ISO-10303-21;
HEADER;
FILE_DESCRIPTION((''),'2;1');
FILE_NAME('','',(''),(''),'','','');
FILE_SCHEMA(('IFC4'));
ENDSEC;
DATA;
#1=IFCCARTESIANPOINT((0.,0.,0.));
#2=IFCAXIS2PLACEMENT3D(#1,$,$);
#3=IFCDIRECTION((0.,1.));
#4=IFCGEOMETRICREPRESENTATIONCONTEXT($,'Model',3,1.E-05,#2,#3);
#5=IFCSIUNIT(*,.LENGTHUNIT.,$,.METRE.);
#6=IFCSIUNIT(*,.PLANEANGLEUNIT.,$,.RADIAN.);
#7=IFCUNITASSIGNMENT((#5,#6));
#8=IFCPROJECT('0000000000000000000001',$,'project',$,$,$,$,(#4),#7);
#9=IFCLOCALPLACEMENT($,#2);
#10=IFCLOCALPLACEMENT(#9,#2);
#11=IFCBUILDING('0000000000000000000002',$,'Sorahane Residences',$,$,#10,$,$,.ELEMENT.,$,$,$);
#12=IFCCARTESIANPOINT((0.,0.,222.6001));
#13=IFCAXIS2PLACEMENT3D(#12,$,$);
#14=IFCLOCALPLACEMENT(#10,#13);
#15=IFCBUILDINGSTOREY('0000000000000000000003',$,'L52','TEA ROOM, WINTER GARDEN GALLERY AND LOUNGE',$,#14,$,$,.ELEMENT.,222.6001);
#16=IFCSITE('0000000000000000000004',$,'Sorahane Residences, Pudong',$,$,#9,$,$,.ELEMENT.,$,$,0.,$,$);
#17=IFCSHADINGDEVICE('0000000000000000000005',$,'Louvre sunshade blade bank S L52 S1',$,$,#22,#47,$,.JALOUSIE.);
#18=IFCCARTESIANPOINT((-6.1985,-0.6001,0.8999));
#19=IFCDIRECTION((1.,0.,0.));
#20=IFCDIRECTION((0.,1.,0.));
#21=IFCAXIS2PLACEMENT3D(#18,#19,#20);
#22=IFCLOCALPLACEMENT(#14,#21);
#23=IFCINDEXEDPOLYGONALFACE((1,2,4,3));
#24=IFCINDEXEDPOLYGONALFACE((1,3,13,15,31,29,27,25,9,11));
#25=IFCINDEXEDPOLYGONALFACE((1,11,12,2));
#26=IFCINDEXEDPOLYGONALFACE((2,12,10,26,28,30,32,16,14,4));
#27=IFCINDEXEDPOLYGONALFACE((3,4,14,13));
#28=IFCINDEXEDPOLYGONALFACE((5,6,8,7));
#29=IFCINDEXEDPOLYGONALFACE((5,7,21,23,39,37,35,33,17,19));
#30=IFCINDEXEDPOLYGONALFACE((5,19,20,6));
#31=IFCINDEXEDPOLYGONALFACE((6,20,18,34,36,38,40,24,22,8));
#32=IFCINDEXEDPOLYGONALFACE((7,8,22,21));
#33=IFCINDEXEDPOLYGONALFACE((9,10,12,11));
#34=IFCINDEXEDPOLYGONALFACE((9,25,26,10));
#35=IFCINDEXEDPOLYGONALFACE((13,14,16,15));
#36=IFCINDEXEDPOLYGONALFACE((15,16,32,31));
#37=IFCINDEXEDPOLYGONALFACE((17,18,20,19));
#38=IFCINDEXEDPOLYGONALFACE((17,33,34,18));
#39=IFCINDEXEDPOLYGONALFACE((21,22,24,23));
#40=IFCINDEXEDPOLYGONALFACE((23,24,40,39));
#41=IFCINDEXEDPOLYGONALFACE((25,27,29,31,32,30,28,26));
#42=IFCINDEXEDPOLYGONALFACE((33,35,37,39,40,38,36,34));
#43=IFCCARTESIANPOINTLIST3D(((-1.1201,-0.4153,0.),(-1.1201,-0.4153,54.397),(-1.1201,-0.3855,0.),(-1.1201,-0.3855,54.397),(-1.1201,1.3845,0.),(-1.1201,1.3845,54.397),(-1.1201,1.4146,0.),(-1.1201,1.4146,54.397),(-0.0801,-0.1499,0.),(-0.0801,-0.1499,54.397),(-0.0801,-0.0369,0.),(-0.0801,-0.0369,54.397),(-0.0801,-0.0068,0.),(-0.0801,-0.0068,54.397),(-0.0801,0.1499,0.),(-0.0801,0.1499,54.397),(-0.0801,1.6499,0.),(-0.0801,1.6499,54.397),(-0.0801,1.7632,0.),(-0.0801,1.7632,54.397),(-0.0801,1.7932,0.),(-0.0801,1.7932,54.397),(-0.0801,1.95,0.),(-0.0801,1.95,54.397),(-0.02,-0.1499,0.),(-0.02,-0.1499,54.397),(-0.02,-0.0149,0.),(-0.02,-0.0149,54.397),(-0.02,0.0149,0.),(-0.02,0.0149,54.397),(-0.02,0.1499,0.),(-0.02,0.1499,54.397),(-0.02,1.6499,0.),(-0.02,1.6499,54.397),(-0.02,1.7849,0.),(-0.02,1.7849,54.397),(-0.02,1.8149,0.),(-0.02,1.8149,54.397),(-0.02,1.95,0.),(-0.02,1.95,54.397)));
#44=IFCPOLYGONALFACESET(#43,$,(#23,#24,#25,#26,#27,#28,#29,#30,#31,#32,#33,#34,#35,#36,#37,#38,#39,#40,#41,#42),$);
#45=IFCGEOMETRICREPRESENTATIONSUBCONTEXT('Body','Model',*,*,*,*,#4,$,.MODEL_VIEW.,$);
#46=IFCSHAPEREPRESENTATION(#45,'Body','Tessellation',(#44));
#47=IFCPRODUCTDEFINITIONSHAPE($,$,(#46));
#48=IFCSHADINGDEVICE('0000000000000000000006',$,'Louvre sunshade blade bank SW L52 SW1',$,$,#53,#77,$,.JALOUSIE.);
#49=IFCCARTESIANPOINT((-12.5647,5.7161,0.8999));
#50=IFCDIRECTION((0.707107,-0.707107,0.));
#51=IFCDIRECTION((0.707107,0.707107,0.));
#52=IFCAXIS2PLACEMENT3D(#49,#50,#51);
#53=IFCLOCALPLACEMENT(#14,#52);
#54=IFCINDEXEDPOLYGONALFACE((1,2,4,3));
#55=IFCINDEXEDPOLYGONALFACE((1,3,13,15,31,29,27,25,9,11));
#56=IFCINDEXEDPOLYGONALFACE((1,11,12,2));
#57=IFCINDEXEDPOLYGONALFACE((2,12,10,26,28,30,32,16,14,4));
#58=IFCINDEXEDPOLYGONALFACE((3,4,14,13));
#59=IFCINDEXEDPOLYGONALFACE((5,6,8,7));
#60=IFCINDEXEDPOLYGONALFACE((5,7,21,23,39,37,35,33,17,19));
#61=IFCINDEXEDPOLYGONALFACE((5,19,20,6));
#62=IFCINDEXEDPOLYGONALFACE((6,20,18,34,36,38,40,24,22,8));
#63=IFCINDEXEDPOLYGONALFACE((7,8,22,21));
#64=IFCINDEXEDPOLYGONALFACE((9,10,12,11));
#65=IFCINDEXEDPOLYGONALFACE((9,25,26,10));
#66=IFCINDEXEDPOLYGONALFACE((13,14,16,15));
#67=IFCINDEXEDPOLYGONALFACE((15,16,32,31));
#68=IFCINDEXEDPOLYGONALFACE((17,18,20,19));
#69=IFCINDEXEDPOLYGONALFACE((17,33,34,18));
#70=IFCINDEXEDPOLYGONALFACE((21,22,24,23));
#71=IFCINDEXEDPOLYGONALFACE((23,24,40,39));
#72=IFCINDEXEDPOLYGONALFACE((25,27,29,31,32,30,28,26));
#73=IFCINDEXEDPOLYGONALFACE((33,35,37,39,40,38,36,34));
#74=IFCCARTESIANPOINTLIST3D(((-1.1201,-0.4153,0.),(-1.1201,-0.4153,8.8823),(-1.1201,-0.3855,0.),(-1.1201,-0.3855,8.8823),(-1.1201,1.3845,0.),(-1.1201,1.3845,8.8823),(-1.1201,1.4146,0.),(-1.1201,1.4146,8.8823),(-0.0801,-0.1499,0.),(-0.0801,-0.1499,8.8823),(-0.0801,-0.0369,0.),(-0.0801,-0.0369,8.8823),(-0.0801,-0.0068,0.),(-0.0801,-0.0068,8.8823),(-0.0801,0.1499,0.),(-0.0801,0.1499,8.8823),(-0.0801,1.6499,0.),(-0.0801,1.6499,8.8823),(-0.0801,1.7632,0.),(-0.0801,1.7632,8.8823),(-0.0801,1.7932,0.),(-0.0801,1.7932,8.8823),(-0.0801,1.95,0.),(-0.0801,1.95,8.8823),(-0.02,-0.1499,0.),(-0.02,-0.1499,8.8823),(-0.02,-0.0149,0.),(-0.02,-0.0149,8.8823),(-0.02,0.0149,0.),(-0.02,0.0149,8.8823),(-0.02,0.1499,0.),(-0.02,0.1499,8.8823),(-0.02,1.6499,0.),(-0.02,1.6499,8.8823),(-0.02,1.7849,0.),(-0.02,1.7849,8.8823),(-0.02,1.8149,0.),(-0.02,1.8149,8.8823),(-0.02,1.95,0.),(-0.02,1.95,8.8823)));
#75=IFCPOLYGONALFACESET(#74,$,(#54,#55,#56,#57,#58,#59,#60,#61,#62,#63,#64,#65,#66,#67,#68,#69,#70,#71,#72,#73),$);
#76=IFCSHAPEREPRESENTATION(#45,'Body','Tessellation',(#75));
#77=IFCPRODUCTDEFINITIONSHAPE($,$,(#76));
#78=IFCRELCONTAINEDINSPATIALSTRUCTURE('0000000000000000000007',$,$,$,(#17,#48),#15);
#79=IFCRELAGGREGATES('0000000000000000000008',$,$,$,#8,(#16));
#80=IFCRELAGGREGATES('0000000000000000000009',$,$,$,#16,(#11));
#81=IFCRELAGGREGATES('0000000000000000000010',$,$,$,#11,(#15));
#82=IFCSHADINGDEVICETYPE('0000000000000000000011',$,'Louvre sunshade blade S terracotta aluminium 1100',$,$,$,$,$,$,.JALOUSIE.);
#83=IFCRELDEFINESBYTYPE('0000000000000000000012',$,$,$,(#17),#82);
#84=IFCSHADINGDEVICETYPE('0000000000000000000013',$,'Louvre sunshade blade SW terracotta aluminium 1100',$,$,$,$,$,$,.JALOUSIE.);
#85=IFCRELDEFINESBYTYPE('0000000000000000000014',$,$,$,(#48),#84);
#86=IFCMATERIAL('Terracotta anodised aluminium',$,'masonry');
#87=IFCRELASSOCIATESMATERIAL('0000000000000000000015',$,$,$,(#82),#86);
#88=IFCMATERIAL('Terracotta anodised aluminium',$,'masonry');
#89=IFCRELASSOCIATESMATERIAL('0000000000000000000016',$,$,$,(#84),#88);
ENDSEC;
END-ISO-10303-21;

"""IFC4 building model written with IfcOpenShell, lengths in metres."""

from ifc_helpers import new_model, si_unit, direction, frame, origin, place, context, subcontext, project, spatial, polyline, outline, composite_profile, extrude, material, type_object, element, save


model = new_model("IFC4")

# Units and contexts
model_context = context("Model", 3, precision=1e-05, world=origin(), true_north=direction((0.0, 1.0)))
body_context = subcontext(model_context, "Body", "Model", "MODEL_VIEW")
ifc_project = project(units=[si_unit("LENGTHUNIT", "METRE"), si_unit("PLANEANGLEUNIT", "RADIAN")], contexts=[model_context])

# Site, building, storey
site_placement = place(None, origin())
site = spatial("IfcSite", under=ifc_project, at=site_placement, Name="Sorahane Residences, Pudong", CompositionType="ELEMENT", RefElevation=0.0)
building_placement = place(site_placement, origin())
building = spatial("IfcBuilding", under=site, at=building_placement, Name="Sorahane Residences", CompositionType="ELEMENT")
storey_placement = place(building_placement, frame((0.0, 0.0, 222.6001)))
storey = spatial("IfcBuildingStorey", under=building, at=storey_placement, Name="L52", Description="TEA ROOM, WINTER GARDEN GALLERY AND LOUNGE", CompositionType="ELEMENT", Elevation=222.6001)

# Shading devices
ifc_material_1 = material(Name="Terracotta anodised aluminium", Category="masonry")
shading_device_type_1 = type_object("IfcShadingDeviceType", Name="Louvre sunshade blade S terracotta aluminium 1100", PredefinedType="JALOUSIE", material=ifc_material_1)
shading_device_1_placement = place(storey_placement, frame((-6.1985, -0.6001, 0.8999), z_axis=(1.0, 0.0, 0.0), x_axis=(0.0, 1.0, 0.0)))
element("IfcShadingDevice", 1, at=shading_device_1_placement, inside=storey, type_object=shading_device_type_1, Name="Louvre sunshade blade bank S L52 S1", PredefinedType="JALOUSIE", context=body_context, shape_type="SweptSolid", body=[
    extrude(composite_profile([outline(polyline([(-1.1201, -0.3855), (-1.1201, -0.4153), (-0.0801, -0.0369), (-0.0801, -0.1499), (-0.02, -0.1499), (-0.02, -0.0149), (-0.02, 0.0149), (-0.02, 0.1499), (-0.0801, 0.1499), (-0.0801, -0.0068), (-1.1201, -0.3855)])), outline(polyline([(-1.1201, 1.4146), (-1.1201, 1.3845), (-0.0801, 1.7632), (-0.0801, 1.6499), (-0.02, 1.6499), (-0.02, 1.7849), (-0.02, 1.8149), (-0.02, 1.95), (-0.0801, 1.95), (-0.0801, 1.7932), (-1.1201, 1.4146)]))]), origin(), (0.0, 0.0, 1.0), 54.397),
])
ifc_material_2 = material(Name="Terracotta anodised aluminium", Category="masonry")
shading_device_type_2 = type_object("IfcShadingDeviceType", Name="Louvre sunshade blade SW terracotta aluminium 1100", PredefinedType="JALOUSIE", material=ifc_material_2)
shading_device_2_placement = place(storey_placement, frame((-12.5647, 5.7161, 0.8999), z_axis=(0.707107, -0.707107, 0.0), x_axis=(0.707107, 0.707107, 0.0)))
element("IfcShadingDevice", 2, at=shading_device_2_placement, inside=storey, type_object=shading_device_type_2, Name="Louvre sunshade blade bank SW L52 SW1", PredefinedType="JALOUSIE", context=body_context, shape_type="SweptSolid", body=[
    extrude(composite_profile([outline(polyline([(-1.1201, -0.3855), (-1.1201, -0.4153), (-0.0801, -0.0369), (-0.0801, -0.1499), (-0.02, -0.1499), (-0.02, -0.0149), (-0.02, 0.0149), (-0.02, 0.1499), (-0.0801, 0.1499), (-0.0801, -0.0068), (-1.1201, -0.3855)])), outline(polyline([(-1.1201, 1.4146), (-1.1201, 1.3845), (-0.0801, 1.7632), (-0.0801, 1.6499), (-0.02, 1.6499), (-0.02, 1.7849), (-0.02, 1.8149), (-0.02, 1.95), (-0.0801, 1.95), (-0.0801, 1.7932), (-1.1201, 1.4146)]))]), origin(), (0.0, 0.0, 1.0), 8.8823),
])

save(model, "model.ifc")
